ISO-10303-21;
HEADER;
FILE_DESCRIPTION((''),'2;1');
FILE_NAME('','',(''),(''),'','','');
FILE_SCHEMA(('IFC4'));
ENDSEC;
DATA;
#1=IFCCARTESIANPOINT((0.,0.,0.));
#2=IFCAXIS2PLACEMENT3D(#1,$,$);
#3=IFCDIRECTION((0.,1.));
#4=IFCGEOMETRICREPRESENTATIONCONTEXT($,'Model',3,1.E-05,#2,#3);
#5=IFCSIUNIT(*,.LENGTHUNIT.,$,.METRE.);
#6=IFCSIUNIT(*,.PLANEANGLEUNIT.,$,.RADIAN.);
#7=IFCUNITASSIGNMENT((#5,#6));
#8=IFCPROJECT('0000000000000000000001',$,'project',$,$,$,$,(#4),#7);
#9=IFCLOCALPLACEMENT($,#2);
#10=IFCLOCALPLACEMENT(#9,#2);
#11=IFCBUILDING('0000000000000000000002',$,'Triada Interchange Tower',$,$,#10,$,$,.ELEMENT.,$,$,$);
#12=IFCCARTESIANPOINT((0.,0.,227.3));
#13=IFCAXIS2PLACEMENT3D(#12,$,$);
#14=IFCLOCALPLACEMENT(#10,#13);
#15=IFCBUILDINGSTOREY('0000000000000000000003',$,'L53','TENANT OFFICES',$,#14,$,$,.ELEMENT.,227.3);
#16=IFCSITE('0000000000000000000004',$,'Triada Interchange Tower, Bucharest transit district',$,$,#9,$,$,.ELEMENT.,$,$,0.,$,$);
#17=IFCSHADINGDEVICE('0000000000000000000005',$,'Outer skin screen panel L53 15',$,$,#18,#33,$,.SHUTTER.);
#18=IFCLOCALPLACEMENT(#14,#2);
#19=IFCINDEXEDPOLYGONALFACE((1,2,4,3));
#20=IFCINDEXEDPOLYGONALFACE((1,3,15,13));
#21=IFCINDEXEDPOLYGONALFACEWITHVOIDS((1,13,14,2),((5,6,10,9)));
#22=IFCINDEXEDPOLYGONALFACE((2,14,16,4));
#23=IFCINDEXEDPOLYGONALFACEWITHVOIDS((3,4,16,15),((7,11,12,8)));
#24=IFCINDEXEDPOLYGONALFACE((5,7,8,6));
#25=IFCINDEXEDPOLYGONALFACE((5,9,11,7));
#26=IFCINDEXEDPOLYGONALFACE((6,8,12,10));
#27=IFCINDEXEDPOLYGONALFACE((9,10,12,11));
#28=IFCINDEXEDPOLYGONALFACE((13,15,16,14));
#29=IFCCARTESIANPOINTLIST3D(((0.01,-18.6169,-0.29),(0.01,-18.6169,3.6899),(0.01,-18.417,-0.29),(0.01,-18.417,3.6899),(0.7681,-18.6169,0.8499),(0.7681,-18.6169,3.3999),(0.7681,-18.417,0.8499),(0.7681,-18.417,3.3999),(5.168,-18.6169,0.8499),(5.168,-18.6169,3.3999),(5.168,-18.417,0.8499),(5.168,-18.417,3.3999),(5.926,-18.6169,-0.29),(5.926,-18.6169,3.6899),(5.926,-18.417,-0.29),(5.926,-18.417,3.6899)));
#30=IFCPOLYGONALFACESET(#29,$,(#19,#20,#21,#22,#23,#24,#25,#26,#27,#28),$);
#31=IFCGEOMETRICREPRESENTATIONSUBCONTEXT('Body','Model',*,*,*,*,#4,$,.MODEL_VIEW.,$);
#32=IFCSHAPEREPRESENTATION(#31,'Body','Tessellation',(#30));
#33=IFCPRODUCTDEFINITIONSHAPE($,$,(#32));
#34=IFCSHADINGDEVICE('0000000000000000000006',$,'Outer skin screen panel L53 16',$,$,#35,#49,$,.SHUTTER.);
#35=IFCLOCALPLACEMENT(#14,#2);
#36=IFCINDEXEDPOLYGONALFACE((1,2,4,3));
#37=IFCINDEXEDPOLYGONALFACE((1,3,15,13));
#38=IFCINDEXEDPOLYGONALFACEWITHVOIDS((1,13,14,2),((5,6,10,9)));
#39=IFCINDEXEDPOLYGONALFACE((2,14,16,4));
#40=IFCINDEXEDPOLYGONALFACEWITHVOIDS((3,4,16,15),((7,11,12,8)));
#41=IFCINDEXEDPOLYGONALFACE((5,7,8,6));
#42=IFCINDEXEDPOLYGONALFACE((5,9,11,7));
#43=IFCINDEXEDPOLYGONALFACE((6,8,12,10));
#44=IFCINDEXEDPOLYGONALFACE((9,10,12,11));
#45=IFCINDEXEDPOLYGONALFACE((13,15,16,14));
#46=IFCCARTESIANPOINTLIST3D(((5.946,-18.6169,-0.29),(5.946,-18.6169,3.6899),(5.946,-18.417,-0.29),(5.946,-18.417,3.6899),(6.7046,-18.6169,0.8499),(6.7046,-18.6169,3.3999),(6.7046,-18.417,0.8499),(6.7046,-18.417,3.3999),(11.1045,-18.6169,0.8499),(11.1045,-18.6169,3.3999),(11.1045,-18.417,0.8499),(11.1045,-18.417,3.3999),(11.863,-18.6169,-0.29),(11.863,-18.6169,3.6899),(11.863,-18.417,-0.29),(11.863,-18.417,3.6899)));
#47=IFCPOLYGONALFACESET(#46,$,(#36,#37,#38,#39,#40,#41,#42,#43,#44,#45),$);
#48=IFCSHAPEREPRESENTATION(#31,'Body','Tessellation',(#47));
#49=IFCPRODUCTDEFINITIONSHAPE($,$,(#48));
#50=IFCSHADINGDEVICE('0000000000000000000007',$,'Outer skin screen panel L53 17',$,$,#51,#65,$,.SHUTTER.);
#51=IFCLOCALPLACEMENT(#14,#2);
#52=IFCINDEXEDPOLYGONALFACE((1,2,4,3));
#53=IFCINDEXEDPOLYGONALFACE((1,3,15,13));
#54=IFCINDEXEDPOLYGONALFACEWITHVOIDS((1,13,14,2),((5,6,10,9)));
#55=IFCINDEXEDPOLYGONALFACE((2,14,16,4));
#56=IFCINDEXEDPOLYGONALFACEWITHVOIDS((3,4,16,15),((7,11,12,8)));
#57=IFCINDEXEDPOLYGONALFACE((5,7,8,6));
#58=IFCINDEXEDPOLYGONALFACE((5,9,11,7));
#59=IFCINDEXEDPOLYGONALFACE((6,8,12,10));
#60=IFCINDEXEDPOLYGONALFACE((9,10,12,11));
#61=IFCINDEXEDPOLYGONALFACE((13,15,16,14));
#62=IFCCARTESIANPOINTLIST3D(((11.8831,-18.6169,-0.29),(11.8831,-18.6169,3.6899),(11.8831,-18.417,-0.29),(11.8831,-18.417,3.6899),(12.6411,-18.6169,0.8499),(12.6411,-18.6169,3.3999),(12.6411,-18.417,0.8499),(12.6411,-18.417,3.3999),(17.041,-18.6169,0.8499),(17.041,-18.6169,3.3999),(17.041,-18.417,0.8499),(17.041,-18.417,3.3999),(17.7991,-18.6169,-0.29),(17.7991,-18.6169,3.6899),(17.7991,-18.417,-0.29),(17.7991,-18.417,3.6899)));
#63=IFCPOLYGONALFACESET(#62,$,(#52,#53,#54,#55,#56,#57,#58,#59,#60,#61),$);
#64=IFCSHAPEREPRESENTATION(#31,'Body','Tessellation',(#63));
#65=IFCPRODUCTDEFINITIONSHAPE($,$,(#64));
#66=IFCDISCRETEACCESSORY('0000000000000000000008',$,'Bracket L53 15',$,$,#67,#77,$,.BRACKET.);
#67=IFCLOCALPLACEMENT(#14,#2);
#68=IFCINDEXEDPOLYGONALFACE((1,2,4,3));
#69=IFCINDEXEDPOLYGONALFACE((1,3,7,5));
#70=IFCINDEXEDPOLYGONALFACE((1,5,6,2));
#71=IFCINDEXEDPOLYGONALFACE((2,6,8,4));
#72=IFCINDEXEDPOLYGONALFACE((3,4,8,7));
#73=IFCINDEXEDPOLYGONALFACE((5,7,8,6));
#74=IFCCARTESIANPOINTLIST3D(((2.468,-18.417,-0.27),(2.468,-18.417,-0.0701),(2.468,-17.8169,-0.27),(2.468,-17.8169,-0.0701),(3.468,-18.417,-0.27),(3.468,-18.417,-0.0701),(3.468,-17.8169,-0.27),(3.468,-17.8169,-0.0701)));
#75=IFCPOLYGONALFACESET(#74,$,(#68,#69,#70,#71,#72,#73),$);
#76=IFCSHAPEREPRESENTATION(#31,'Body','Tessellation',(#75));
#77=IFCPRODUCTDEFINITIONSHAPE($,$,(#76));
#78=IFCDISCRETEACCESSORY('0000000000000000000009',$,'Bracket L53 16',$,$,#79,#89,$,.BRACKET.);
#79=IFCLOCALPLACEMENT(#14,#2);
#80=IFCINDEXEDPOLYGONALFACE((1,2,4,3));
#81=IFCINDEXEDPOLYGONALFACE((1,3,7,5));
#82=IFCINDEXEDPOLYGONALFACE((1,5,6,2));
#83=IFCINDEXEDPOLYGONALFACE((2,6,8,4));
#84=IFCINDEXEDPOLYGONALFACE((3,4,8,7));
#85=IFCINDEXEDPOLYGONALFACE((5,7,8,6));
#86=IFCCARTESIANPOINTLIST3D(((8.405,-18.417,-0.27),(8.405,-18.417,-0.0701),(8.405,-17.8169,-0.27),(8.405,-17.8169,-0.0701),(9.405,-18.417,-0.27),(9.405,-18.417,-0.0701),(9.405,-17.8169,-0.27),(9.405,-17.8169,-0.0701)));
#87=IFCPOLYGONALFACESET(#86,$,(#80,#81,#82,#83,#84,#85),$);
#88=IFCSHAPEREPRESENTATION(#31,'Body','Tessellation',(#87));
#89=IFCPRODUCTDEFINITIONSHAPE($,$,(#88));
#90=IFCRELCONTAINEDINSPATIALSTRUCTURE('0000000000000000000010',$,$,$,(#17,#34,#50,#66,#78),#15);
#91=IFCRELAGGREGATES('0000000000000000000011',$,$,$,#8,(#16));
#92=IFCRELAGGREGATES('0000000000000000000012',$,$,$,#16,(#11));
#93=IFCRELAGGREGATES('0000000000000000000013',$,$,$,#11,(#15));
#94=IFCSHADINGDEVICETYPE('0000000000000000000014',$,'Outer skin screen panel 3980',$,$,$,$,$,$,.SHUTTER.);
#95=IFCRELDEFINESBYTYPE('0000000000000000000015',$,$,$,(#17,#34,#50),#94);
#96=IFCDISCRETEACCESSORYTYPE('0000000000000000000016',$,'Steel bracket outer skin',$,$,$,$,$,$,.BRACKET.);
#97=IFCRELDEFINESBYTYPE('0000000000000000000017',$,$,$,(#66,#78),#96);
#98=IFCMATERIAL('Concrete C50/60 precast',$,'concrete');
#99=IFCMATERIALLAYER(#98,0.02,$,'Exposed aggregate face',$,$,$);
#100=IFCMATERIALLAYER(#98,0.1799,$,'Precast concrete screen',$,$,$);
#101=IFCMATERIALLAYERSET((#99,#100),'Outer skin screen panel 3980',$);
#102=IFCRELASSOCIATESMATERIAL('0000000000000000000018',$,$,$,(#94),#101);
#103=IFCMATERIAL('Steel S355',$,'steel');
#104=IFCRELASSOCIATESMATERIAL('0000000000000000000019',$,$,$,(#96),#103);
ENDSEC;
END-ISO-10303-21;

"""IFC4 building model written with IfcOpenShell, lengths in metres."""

from ifc_helpers import new_model, si_unit, direction, frame, origin, origin_2d, place, context, subcontext, project, spatial, polyline, rectangle, outline, extrude, material, layer, layer_set, type_object, element, save


model = new_model("IFC4")

# Units and contexts
model_context = context("Model", 3, precision=1e-05, world=origin(), true_north=direction((0.0, 1.0)))
body_context = subcontext(model_context, "Body", "Model", "MODEL_VIEW")
ifc_project = project(units=[si_unit("LENGTHUNIT", "METRE"), si_unit("PLANEANGLEUNIT", "RADIAN")], contexts=[model_context])

# Site, building, storey
site_placement = place(None, origin())
site = spatial("IfcSite", under=ifc_project, at=site_placement, Name="Triada Interchange Tower, Bucharest transit district", CompositionType="ELEMENT", RefElevation=0.0)
building_placement = place(site_placement, origin())
building = spatial("IfcBuilding", under=site, at=building_placement, Name="Triada Interchange Tower", CompositionType="ELEMENT")
storey_placement = place(building_placement, frame((0.0, 0.0, 227.3)))
storey = spatial("IfcBuildingStorey", under=building, at=storey_placement, Name="L53", Description="TENANT OFFICES", CompositionType="ELEMENT", Elevation=227.3)

# Shading devices
ifc_material_1 = material(Name="Concrete C50/60 precast", Category="concrete")
ifc_layer_1 = layer(ifc_material_1, 0.02, Name="Exposed aggregate face")
ifc_layer_2 = layer(ifc_material_1, 0.1799, Name="Precast concrete screen")
ifc_layer_set_1 = layer_set([ifc_layer_1, ifc_layer_2], Name="Outer skin screen panel 3980")
shading_device_type = type_object("IfcShadingDeviceType", Name="Outer skin screen panel 3980", PredefinedType="SHUTTER", material=ifc_layer_set_1)
shading_device_1_placement = place(storey_placement, frame((0.01, -18.417, -0.29), z_axis=(0.0, 0.0, 1.0), x_axis=(1.0, 0.0, 0.0)))
element("IfcShadingDevice", 1, at=shading_device_1_placement, inside=storey, type_object=shading_device_type, Name="Outer skin screen panel L53 15", PredefinedType="SHUTTER", context=body_context, shape_type="SweptSolid", body=[
    extrude(outline(polyline([(0.0, 0.0), (5.916, 0.0), (5.916, 3.98), (0.0, 3.98), (0.0, 0.0)]), holes=[polyline([(0.7581, 1.1399), (0.7581, 3.6899), (5.158, 3.6899), (5.158, 1.1399), (0.7581, 1.1399)])]), frame((0.0, 0.0, 0.0), z_axis=(0.0, -1.0, 0.0), x_axis=(1.0, 0.0, 0.0)), (0.0, 0.0, 1.0), 0.2),
])
shading_device_2_placement = place(storey_placement, frame((5.946, -18.417, -0.29), z_axis=(0.0, 0.0, 1.0), x_axis=(1.0, 0.0, 0.0)))
element("IfcShadingDevice", 2, at=shading_device_2_placement, inside=storey, type_object=shading_device_type, Name="Outer skin screen panel L53 16", PredefinedType="SHUTTER", context=body_context, shape_type="SweptSolid", body=[
    extrude(outline(polyline([(0.0, 0.0), (5.917, 0.0), (5.917, 3.98), (0.0, 3.98), (0.0, 0.0)]), holes=[polyline([(0.7585, 1.1399), (0.7585, 3.6899), (5.1584, 3.6899), (5.1584, 1.1399), (0.7585, 1.1399)])]), frame((0.0, 0.0, 0.0), z_axis=(0.0, -1.0, 0.0), x_axis=(1.0, 0.0, 0.0)), (0.0, 0.0, 1.0), 0.2),
])
shading_device_3_placement = place(storey_placement, frame((11.8831, -18.417, -0.29), z_axis=(0.0, 0.0, 1.0), x_axis=(1.0, 0.0, 0.0)))
element("IfcShadingDevice", 3, at=shading_device_3_placement, inside=storey, type_object=shading_device_type, Name="Outer skin screen panel L53 17", PredefinedType="SHUTTER", context=body_context, shape_type="SweptSolid", body=[
    extrude(outline(polyline([(0.0, 0.0), (5.916, 0.0), (5.916, 3.98), (0.0, 3.98), (0.0, 0.0)]), holes=[polyline([(0.7581, 1.1399), (0.7581, 3.6899), (5.158, 3.6899), (5.158, 1.1399), (0.7581, 1.1399)])]), frame((0.0, 0.0, 0.0), z_axis=(0.0, -1.0, 0.0), x_axis=(1.0, 0.0, 0.0)), (0.0, 0.0, 1.0), 0.2),
])

# Discrete accessories
ifc_material_2 = material(Name="Steel S355", Category="steel")
discrete_accessory_type = type_object("IfcDiscreteAccessoryType", Name="Steel bracket outer skin", PredefinedType="BRACKET", material=ifc_material_2)
for number, where, z_axis, x_axis, name in (
    (4, (2.968, -18.1169, -0.27), (0.0, 0.0, 1.0), (0.0, -1.0, 0.0), "Bracket L53 15"),
    (5, (8.905, -18.1169, -0.27), (0.0, 0.0, 1.0), (0.0, -1.0, 0.0), "Bracket L53 16"),
):
    element("IfcDiscreteAccessory", number, at=place(storey_placement, frame(where, z_axis=z_axis, x_axis=x_axis)), inside=storey, type_object=discrete_accessory_type, Name=name, PredefinedType="BRACKET", context=body_context, shape_type="SweptSolid", body=[
        extrude(rectangle(XDim=0.6001, YDim=1.0, at=origin_2d()), origin(), (0.0, 0.0, 1.0), 0.2),
    ])

save(model, "model.ifc")
